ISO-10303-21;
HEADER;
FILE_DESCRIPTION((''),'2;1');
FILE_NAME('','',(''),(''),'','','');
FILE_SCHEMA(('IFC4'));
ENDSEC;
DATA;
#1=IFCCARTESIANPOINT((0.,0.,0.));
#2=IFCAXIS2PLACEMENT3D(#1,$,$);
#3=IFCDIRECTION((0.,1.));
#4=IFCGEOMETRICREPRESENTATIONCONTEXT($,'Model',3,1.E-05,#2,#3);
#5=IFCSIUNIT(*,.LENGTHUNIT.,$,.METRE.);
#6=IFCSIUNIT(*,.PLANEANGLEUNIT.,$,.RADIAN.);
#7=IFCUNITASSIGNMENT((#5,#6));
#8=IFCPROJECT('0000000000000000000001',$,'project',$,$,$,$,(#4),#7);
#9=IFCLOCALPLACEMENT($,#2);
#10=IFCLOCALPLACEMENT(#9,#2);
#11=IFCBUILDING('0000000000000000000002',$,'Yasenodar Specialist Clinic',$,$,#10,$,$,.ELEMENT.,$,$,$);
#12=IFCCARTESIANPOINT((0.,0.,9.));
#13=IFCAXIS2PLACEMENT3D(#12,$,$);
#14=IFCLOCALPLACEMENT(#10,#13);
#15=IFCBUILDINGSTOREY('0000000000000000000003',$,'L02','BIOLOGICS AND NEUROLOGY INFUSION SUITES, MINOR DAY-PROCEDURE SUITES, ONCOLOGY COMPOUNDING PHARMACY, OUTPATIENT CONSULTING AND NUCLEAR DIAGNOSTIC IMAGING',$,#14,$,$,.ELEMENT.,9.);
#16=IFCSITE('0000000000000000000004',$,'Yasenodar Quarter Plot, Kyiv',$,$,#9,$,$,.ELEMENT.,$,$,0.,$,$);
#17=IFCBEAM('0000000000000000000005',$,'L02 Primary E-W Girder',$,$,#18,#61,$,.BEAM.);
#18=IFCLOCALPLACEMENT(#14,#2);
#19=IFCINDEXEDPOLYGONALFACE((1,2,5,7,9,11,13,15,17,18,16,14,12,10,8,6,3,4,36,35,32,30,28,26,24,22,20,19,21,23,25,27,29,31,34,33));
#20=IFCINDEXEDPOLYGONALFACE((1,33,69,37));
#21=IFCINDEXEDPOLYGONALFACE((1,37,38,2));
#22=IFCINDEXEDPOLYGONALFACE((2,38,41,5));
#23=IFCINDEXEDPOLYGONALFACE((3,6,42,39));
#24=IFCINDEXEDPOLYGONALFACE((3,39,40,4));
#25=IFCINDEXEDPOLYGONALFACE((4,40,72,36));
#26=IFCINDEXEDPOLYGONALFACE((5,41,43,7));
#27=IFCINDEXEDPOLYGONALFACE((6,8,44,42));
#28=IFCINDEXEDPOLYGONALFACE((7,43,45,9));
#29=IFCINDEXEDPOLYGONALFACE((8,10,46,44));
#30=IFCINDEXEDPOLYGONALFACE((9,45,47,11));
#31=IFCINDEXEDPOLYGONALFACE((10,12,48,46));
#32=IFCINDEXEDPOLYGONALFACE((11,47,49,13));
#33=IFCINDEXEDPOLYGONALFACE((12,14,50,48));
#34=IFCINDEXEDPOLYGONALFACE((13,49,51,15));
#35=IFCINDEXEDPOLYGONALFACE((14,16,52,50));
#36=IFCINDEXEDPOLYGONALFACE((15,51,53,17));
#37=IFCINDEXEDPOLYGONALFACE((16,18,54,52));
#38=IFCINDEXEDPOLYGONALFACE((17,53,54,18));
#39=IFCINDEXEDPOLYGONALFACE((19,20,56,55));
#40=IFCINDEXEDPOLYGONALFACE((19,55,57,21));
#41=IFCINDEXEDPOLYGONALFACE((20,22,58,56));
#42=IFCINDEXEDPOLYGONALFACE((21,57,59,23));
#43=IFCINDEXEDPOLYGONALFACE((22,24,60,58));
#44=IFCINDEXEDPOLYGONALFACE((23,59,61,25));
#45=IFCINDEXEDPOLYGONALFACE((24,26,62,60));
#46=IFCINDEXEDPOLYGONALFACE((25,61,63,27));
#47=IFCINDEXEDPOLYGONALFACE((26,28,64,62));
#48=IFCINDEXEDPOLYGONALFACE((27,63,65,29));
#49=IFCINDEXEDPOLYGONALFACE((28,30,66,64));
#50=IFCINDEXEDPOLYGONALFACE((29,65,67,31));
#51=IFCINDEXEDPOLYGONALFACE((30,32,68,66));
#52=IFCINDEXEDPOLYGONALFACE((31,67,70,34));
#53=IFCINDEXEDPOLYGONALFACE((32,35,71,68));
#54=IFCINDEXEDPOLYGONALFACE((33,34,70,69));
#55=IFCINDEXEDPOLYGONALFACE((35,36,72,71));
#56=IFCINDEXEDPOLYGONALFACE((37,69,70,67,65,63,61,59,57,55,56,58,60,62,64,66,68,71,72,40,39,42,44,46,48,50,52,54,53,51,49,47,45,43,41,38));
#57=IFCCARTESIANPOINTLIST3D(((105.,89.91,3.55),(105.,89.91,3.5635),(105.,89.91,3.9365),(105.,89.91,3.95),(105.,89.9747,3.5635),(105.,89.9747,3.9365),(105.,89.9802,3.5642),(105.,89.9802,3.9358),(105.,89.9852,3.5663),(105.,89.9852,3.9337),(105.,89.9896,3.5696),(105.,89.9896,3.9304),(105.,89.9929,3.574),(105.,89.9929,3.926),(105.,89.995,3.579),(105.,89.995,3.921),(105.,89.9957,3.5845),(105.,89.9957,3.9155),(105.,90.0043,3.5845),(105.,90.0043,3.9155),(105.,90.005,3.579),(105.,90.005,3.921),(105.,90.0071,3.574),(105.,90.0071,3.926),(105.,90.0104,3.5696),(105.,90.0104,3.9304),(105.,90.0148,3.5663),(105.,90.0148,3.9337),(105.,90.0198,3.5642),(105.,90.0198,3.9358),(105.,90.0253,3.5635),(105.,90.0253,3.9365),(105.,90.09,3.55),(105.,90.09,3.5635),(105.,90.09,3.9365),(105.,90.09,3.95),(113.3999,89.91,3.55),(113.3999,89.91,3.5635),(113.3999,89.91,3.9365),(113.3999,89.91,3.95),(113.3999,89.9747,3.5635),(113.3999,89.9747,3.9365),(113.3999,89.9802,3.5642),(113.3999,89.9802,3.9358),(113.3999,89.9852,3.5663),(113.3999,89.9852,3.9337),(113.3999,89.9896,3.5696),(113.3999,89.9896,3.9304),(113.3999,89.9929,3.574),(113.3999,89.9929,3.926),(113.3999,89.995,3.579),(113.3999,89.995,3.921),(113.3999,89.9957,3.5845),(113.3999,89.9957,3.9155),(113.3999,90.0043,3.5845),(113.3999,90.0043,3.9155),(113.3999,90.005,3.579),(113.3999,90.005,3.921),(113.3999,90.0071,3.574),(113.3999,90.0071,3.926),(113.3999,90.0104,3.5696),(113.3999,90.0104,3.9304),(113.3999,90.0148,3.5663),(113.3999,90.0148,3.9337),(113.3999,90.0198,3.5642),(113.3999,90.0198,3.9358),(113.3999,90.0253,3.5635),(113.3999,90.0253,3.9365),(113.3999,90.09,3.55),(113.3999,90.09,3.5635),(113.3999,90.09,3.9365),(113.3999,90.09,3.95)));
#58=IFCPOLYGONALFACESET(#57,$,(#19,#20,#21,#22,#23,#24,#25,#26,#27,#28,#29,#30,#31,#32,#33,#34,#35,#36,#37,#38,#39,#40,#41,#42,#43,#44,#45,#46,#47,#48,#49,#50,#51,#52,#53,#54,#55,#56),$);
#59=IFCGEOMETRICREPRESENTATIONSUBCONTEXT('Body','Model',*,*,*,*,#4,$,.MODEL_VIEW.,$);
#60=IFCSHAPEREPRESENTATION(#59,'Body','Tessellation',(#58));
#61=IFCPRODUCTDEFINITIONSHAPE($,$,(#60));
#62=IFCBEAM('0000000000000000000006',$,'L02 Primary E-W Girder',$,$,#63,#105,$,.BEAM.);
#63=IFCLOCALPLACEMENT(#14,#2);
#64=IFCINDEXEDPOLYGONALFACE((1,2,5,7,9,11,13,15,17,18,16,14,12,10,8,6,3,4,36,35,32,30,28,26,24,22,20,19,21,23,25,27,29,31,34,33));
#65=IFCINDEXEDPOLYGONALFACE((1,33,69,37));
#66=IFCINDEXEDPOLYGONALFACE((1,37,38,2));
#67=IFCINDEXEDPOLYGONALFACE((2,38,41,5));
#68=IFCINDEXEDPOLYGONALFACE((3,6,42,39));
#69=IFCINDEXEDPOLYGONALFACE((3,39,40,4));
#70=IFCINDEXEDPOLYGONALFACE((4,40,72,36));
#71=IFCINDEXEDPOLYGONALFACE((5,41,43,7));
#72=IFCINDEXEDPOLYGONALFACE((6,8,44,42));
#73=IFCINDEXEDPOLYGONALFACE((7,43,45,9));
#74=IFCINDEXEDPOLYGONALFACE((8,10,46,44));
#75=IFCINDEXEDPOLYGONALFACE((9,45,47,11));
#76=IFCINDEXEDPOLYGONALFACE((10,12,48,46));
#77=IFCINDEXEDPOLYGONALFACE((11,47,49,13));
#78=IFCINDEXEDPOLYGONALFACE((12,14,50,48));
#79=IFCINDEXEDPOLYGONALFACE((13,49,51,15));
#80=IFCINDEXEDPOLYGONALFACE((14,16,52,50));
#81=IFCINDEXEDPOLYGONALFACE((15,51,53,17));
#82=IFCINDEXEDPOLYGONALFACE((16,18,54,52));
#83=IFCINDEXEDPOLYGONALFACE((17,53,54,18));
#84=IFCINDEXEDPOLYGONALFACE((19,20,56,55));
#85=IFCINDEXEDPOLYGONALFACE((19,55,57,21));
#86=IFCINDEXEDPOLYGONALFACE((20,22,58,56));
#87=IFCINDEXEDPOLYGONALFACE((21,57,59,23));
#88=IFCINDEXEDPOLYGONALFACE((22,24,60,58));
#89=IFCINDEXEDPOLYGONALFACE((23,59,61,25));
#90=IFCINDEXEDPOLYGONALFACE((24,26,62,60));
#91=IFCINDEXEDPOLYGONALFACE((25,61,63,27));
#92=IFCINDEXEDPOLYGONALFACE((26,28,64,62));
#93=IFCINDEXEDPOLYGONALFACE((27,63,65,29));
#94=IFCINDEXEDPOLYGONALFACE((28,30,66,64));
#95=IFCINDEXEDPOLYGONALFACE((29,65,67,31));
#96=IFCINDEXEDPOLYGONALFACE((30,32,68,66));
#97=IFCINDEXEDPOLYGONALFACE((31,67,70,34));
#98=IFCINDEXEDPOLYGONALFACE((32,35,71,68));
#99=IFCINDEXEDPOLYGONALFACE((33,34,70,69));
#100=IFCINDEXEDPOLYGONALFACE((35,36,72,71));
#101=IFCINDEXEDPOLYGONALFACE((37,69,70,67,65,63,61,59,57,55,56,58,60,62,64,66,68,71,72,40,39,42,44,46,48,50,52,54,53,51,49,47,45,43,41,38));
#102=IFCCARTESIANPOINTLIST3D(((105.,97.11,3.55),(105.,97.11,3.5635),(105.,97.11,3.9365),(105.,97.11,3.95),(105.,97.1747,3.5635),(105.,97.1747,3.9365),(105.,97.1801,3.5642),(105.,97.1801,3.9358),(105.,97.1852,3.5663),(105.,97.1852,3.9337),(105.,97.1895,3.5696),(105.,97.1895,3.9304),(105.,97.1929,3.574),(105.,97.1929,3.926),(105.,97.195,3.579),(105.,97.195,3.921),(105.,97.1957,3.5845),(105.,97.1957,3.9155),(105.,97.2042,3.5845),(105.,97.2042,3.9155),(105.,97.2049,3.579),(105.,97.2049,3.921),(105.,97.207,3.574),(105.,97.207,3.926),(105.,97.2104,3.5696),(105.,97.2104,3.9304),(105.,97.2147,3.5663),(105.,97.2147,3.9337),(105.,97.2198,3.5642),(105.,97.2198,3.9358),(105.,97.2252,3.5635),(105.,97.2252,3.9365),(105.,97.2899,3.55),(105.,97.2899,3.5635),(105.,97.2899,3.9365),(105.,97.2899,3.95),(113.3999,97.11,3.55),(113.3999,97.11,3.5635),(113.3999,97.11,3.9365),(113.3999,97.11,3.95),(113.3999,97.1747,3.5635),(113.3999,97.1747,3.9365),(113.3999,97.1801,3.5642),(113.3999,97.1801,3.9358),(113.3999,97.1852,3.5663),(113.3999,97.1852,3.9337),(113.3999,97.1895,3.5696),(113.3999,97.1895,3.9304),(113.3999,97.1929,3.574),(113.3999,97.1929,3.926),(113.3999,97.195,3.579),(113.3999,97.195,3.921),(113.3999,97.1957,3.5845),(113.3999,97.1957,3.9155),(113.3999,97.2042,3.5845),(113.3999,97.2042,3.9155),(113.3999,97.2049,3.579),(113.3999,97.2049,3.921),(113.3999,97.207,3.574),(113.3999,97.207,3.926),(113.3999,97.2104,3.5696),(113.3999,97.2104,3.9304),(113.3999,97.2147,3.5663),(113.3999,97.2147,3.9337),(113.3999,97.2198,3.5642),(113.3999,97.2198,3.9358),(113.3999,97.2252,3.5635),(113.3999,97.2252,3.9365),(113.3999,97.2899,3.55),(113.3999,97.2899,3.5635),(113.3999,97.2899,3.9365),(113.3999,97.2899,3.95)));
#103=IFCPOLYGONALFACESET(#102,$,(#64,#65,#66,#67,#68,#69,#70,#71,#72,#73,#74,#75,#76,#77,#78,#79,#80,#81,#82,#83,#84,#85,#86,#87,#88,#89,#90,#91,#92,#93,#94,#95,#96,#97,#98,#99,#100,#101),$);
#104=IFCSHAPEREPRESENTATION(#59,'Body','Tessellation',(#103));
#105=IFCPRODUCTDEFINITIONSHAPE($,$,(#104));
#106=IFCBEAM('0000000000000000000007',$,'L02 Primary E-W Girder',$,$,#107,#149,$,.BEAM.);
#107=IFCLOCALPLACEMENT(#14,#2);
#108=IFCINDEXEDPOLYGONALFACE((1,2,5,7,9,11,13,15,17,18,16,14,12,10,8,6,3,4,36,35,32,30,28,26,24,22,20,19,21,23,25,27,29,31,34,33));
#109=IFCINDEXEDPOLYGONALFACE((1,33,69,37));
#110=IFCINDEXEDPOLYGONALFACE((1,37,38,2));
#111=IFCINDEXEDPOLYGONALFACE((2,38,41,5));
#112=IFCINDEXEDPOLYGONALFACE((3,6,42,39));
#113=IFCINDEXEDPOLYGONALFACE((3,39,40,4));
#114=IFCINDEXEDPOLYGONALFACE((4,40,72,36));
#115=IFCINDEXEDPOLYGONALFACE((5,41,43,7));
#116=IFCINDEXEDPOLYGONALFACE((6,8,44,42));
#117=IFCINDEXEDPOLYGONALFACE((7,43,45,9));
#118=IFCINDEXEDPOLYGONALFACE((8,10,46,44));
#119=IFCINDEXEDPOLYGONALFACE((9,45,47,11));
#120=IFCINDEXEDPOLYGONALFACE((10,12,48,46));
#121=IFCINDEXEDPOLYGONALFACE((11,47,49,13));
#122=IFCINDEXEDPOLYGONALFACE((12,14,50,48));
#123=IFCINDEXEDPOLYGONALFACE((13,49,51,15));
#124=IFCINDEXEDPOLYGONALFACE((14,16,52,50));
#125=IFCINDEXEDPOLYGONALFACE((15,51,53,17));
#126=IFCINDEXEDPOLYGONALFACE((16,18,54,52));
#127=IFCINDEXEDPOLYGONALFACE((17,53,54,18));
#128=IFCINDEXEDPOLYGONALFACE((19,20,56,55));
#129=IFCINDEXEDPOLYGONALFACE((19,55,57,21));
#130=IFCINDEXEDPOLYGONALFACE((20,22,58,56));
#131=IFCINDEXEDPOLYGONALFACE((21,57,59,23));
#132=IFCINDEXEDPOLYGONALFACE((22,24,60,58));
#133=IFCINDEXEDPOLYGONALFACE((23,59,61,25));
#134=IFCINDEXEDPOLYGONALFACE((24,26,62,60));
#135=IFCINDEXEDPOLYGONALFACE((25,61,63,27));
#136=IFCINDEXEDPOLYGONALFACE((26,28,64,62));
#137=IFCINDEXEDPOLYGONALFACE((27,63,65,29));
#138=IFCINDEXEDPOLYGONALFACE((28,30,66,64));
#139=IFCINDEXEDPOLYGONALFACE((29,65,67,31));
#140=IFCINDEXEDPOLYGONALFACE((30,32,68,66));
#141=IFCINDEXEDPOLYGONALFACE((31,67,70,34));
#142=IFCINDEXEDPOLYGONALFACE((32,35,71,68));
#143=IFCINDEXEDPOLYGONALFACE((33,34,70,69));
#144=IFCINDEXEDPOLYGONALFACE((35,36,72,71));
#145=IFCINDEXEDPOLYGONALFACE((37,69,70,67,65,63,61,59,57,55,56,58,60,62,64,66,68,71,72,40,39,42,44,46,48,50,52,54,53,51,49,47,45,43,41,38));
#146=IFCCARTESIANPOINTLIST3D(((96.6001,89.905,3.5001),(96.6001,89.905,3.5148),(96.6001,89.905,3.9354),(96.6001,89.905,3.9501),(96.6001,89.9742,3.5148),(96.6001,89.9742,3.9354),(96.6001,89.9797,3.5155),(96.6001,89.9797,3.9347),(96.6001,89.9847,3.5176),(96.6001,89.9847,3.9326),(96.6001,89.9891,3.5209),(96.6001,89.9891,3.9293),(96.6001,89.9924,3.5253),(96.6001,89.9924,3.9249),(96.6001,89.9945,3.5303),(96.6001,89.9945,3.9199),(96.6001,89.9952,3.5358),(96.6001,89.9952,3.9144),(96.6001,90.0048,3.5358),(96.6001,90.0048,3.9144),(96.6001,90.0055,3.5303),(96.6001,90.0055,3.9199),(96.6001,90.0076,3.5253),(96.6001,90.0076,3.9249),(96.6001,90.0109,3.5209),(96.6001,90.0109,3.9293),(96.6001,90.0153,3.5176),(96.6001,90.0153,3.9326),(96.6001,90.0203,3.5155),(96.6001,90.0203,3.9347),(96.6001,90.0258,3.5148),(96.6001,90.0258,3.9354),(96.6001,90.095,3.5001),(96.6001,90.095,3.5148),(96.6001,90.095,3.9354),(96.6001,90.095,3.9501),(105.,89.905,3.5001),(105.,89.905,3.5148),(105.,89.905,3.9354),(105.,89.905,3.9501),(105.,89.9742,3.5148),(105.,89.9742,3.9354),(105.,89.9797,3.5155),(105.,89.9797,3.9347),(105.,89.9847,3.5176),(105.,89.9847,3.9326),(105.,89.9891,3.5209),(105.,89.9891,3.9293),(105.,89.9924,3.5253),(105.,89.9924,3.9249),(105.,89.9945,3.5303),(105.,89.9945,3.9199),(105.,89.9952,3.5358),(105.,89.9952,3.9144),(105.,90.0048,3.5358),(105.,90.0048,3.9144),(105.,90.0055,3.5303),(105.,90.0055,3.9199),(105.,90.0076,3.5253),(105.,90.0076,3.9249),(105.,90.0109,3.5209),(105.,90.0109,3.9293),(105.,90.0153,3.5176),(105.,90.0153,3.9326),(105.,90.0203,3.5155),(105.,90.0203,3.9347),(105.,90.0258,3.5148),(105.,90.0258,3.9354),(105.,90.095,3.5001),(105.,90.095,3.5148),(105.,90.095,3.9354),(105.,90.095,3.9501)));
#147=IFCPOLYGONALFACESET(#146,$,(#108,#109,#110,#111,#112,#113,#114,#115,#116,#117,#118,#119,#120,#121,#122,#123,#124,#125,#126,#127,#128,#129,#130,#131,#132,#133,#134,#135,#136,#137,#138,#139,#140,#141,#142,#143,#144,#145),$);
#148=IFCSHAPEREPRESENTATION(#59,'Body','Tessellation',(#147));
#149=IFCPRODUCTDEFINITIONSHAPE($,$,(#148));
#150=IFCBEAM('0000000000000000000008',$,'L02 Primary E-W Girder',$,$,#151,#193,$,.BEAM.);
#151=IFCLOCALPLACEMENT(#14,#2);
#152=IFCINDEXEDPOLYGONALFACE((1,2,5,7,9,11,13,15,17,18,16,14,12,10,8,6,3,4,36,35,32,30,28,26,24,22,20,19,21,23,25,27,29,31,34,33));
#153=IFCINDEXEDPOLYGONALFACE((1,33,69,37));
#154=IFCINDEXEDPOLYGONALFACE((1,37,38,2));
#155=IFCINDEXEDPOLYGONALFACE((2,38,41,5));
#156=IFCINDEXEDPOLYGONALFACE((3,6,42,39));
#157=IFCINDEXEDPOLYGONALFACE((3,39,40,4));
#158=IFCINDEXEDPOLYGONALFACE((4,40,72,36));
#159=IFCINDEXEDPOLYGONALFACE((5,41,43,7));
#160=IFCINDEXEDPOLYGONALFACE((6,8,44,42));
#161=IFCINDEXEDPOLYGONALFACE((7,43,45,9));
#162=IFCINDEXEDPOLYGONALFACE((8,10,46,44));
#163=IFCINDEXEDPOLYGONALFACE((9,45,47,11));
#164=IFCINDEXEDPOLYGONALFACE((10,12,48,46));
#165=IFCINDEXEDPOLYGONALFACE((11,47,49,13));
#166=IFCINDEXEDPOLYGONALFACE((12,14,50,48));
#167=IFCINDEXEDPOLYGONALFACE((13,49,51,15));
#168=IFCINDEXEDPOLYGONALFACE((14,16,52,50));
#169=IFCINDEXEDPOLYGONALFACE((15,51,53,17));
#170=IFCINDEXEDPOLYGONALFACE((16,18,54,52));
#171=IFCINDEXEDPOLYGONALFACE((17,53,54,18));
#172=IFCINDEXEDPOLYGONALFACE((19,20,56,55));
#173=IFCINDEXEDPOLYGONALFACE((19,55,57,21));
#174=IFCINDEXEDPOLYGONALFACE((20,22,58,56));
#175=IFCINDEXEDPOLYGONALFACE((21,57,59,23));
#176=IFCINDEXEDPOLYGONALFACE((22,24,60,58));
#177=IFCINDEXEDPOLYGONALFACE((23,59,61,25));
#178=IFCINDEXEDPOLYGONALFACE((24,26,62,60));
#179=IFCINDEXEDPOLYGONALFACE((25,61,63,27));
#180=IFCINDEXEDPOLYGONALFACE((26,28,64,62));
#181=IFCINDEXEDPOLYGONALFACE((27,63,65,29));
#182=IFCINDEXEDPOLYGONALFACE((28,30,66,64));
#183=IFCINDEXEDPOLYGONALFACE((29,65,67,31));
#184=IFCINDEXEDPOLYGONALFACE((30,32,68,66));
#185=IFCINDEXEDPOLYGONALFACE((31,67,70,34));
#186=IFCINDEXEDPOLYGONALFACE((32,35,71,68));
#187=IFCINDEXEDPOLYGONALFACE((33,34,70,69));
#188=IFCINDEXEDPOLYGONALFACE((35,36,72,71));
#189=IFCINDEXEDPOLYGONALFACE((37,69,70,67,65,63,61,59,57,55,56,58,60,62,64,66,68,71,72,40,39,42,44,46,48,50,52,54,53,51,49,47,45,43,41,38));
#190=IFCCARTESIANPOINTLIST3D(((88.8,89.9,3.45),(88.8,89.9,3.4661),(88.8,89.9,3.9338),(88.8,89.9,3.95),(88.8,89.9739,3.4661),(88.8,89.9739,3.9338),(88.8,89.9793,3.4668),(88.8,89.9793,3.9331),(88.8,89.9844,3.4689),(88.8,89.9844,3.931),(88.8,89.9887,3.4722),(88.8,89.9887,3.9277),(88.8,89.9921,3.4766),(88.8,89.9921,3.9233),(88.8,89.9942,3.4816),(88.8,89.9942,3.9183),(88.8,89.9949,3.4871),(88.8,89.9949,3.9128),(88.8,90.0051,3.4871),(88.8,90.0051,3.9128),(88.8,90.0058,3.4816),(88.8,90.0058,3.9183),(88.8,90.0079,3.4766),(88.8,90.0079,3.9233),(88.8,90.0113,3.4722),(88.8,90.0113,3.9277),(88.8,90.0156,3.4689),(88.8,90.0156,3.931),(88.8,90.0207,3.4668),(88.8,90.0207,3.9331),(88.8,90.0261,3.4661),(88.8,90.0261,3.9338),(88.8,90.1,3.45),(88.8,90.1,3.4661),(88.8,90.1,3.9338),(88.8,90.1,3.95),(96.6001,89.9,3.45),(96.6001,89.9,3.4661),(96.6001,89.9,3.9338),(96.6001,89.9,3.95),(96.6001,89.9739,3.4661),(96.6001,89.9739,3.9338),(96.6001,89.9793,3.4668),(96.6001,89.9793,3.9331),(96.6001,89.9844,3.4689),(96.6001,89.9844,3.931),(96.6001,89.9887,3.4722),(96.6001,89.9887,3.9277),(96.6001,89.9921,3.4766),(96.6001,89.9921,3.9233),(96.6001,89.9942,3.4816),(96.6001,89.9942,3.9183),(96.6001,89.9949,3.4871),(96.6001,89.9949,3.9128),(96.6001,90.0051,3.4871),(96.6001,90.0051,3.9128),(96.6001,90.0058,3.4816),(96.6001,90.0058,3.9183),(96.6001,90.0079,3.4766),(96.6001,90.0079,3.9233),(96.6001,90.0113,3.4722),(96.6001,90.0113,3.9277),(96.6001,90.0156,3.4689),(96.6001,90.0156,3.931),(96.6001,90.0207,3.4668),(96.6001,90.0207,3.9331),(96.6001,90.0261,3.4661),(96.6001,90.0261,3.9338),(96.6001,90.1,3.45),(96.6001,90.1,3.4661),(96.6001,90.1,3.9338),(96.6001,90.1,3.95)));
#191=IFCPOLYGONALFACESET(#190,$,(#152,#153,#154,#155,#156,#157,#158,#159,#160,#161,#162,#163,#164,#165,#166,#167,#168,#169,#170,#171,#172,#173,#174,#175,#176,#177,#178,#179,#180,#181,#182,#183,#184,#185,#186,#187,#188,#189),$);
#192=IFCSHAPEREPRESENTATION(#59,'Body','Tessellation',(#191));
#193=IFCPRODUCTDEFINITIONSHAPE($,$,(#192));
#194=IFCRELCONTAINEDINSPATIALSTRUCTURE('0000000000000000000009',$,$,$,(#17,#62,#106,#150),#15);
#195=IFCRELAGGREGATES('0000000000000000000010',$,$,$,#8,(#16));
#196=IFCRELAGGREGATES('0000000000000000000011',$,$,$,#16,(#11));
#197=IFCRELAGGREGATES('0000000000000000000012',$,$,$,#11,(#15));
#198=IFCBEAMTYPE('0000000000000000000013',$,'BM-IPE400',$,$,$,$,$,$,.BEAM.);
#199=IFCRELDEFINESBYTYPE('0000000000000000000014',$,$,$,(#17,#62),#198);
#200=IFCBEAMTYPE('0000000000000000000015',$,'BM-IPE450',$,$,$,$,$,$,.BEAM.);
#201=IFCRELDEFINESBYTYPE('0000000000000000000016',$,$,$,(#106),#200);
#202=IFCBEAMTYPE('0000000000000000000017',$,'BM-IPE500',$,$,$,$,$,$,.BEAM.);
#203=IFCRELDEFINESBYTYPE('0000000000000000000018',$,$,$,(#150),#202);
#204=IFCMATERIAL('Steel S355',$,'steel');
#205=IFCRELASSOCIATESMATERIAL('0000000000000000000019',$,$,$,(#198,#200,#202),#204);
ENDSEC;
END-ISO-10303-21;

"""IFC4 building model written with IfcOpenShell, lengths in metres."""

from ifc_helpers import new_model, si_unit, direction, frame, origin, origin_2d, place, context, subcontext, project, spatial, i_section, extrude, material, material_profile, profile_set, type_object, element, save


model = new_model("IFC4")

# Units and contexts
model_context = context("Model", 3, precision=1e-05, world=origin(), true_north=direction((0.0, 1.0)))
body_context = subcontext(model_context, "Body", "Model", "MODEL_VIEW")
ifc_project = project(units=[si_unit("LENGTHUNIT", "METRE"), si_unit("PLANEANGLEUNIT", "RADIAN")], contexts=[model_context])

# Site, building, storey
site_placement = place(None, origin())
site = spatial("IfcSite", under=ifc_project, at=site_placement, Name="Yasenodar Quarter Plot, Kyiv", CompositionType="ELEMENT", RefElevation=0.0)
building_placement = place(site_placement, origin())
building = spatial("IfcBuilding", under=site, at=building_placement, Name="Yasenodar Specialist Clinic", CompositionType="ELEMENT")
storey_placement = place(building_placement, frame((0.0, 0.0, 9.0)))
storey = spatial("IfcBuildingStorey", under=building, at=storey_placement, Name="L02", Description="BIOLOGICS AND NEUROLOGY INFUSION SUITES, MINOR DAY-PROCEDURE SUITES, ONCOLOGY COMPOUNDING PHARMACY, OUTPATIENT CONSULTING AND NUCLEAR DIAGNOSTIC IMAGING", CompositionType="ELEMENT", Elevation=9.0)

# Shared definitions
ifc_material_1 = material(Name="Steel S355", Category="steel")

# Beams
ifc_material_profile_1 = material_profile(ifc_material_1, i_section(OverallWidth=0.1799, OverallDepth=0.3999, WebThickness=0.0085, FlangeThickness=0.0134, FilletRadius=0.021, at=origin_2d()), Name="IPE 400")
ifc_profile_set_1 = profile_set([ifc_material_profile_1], Name="Steel S355")
beam_type_1 = type_object("IfcBeamType", Name="BM-IPE400", PredefinedType="BEAM", material=ifc_profile_set_1)
for number, where, z_axis, x_axis, name in (
    (1, (105.0, 90.0, 3.75), (1.0, 0.0, 0.0), (0.0, 1.0, 0.0), "L02 Primary E-W Girder"),
    (2, (105.0, 97.2, 3.75), (1.0, 0.0, 0.0), (0.0, 1.0, 0.0), "L02 Primary E-W Girder"),
):
    element("IfcBeam", number, at=place(storey_placement, frame(where, z_axis=z_axis, x_axis=x_axis)), inside=storey, type_object=beam_type_1, Name=name, PredefinedType="BEAM", context=body_context, shape_type="SweptSolid", body=[
        extrude(i_section(OverallWidth=0.1799, OverallDepth=0.3999, WebThickness=0.0085, FlangeThickness=0.0134, FilletRadius=0.021, at=origin_2d()), origin(), (0.0, 0.0, 1.0), 8.3999),
    ])
ifc_material_profile_2 = material_profile(ifc_material_1, i_section(OverallWidth=0.1899, OverallDepth=0.45, WebThickness=0.0095, FlangeThickness=0.0146, FilletRadius=0.021, at=origin_2d()), Name="IPE 450")
ifc_profile_set_2 = profile_set([ifc_material_profile_2], Name="Steel S355")
beam_type_2 = type_object("IfcBeamType", Name="BM-IPE450", PredefinedType="BEAM", material=ifc_profile_set_2)
beam_1_placement = place(storey_placement, frame((96.6001, 90.0, 3.7251), z_axis=(1.0, 0.0, 0.0), x_axis=(0.0, 1.0, 0.0)))
element("IfcBeam", 3, at=beam_1_placement, inside=storey, type_object=beam_type_2, Name="L02 Primary E-W Girder", PredefinedType="BEAM", context=body_context, shape_type="SweptSolid", body=[
    extrude(i_section(OverallWidth=0.1899, OverallDepth=0.45, WebThickness=0.0095, FlangeThickness=0.0146, FilletRadius=0.021, at=origin_2d()), origin(), (0.0, 0.0, 1.0), 8.3999),
])
ifc_material_profile_3 = material_profile(ifc_material_1, i_section(OverallWidth=0.2, OverallDepth=0.5, WebThickness=0.0103, FlangeThickness=0.0161, FilletRadius=0.021, at=origin_2d()), Name="IPE 500")
ifc_profile_set_3 = profile_set([ifc_material_profile_3], Name="Steel S355")
beam_type_3 = type_object("IfcBeamType", Name="BM-IPE500", PredefinedType="BEAM", material=ifc_profile_set_3)
beam_2_placement = place(storey_placement, frame((88.8, 90.0, 3.7), z_axis=(1.0, 0.0, 0.0), x_axis=(0.0, 1.0, 0.0)))
element("IfcBeam", 4, at=beam_2_placement, inside=storey, type_object=beam_type_3, Name="L02 Primary E-W Girder", PredefinedType="BEAM", context=body_context, shape_type="SweptSolid", body=[
    extrude(i_section(OverallWidth=0.2, OverallDepth=0.5, WebThickness=0.0103, FlangeThickness=0.0161, FilletRadius=0.021, at=origin_2d()), origin(), (0.0, 0.0, 1.0), 7.8),
])

save(model, "model.ifc")
